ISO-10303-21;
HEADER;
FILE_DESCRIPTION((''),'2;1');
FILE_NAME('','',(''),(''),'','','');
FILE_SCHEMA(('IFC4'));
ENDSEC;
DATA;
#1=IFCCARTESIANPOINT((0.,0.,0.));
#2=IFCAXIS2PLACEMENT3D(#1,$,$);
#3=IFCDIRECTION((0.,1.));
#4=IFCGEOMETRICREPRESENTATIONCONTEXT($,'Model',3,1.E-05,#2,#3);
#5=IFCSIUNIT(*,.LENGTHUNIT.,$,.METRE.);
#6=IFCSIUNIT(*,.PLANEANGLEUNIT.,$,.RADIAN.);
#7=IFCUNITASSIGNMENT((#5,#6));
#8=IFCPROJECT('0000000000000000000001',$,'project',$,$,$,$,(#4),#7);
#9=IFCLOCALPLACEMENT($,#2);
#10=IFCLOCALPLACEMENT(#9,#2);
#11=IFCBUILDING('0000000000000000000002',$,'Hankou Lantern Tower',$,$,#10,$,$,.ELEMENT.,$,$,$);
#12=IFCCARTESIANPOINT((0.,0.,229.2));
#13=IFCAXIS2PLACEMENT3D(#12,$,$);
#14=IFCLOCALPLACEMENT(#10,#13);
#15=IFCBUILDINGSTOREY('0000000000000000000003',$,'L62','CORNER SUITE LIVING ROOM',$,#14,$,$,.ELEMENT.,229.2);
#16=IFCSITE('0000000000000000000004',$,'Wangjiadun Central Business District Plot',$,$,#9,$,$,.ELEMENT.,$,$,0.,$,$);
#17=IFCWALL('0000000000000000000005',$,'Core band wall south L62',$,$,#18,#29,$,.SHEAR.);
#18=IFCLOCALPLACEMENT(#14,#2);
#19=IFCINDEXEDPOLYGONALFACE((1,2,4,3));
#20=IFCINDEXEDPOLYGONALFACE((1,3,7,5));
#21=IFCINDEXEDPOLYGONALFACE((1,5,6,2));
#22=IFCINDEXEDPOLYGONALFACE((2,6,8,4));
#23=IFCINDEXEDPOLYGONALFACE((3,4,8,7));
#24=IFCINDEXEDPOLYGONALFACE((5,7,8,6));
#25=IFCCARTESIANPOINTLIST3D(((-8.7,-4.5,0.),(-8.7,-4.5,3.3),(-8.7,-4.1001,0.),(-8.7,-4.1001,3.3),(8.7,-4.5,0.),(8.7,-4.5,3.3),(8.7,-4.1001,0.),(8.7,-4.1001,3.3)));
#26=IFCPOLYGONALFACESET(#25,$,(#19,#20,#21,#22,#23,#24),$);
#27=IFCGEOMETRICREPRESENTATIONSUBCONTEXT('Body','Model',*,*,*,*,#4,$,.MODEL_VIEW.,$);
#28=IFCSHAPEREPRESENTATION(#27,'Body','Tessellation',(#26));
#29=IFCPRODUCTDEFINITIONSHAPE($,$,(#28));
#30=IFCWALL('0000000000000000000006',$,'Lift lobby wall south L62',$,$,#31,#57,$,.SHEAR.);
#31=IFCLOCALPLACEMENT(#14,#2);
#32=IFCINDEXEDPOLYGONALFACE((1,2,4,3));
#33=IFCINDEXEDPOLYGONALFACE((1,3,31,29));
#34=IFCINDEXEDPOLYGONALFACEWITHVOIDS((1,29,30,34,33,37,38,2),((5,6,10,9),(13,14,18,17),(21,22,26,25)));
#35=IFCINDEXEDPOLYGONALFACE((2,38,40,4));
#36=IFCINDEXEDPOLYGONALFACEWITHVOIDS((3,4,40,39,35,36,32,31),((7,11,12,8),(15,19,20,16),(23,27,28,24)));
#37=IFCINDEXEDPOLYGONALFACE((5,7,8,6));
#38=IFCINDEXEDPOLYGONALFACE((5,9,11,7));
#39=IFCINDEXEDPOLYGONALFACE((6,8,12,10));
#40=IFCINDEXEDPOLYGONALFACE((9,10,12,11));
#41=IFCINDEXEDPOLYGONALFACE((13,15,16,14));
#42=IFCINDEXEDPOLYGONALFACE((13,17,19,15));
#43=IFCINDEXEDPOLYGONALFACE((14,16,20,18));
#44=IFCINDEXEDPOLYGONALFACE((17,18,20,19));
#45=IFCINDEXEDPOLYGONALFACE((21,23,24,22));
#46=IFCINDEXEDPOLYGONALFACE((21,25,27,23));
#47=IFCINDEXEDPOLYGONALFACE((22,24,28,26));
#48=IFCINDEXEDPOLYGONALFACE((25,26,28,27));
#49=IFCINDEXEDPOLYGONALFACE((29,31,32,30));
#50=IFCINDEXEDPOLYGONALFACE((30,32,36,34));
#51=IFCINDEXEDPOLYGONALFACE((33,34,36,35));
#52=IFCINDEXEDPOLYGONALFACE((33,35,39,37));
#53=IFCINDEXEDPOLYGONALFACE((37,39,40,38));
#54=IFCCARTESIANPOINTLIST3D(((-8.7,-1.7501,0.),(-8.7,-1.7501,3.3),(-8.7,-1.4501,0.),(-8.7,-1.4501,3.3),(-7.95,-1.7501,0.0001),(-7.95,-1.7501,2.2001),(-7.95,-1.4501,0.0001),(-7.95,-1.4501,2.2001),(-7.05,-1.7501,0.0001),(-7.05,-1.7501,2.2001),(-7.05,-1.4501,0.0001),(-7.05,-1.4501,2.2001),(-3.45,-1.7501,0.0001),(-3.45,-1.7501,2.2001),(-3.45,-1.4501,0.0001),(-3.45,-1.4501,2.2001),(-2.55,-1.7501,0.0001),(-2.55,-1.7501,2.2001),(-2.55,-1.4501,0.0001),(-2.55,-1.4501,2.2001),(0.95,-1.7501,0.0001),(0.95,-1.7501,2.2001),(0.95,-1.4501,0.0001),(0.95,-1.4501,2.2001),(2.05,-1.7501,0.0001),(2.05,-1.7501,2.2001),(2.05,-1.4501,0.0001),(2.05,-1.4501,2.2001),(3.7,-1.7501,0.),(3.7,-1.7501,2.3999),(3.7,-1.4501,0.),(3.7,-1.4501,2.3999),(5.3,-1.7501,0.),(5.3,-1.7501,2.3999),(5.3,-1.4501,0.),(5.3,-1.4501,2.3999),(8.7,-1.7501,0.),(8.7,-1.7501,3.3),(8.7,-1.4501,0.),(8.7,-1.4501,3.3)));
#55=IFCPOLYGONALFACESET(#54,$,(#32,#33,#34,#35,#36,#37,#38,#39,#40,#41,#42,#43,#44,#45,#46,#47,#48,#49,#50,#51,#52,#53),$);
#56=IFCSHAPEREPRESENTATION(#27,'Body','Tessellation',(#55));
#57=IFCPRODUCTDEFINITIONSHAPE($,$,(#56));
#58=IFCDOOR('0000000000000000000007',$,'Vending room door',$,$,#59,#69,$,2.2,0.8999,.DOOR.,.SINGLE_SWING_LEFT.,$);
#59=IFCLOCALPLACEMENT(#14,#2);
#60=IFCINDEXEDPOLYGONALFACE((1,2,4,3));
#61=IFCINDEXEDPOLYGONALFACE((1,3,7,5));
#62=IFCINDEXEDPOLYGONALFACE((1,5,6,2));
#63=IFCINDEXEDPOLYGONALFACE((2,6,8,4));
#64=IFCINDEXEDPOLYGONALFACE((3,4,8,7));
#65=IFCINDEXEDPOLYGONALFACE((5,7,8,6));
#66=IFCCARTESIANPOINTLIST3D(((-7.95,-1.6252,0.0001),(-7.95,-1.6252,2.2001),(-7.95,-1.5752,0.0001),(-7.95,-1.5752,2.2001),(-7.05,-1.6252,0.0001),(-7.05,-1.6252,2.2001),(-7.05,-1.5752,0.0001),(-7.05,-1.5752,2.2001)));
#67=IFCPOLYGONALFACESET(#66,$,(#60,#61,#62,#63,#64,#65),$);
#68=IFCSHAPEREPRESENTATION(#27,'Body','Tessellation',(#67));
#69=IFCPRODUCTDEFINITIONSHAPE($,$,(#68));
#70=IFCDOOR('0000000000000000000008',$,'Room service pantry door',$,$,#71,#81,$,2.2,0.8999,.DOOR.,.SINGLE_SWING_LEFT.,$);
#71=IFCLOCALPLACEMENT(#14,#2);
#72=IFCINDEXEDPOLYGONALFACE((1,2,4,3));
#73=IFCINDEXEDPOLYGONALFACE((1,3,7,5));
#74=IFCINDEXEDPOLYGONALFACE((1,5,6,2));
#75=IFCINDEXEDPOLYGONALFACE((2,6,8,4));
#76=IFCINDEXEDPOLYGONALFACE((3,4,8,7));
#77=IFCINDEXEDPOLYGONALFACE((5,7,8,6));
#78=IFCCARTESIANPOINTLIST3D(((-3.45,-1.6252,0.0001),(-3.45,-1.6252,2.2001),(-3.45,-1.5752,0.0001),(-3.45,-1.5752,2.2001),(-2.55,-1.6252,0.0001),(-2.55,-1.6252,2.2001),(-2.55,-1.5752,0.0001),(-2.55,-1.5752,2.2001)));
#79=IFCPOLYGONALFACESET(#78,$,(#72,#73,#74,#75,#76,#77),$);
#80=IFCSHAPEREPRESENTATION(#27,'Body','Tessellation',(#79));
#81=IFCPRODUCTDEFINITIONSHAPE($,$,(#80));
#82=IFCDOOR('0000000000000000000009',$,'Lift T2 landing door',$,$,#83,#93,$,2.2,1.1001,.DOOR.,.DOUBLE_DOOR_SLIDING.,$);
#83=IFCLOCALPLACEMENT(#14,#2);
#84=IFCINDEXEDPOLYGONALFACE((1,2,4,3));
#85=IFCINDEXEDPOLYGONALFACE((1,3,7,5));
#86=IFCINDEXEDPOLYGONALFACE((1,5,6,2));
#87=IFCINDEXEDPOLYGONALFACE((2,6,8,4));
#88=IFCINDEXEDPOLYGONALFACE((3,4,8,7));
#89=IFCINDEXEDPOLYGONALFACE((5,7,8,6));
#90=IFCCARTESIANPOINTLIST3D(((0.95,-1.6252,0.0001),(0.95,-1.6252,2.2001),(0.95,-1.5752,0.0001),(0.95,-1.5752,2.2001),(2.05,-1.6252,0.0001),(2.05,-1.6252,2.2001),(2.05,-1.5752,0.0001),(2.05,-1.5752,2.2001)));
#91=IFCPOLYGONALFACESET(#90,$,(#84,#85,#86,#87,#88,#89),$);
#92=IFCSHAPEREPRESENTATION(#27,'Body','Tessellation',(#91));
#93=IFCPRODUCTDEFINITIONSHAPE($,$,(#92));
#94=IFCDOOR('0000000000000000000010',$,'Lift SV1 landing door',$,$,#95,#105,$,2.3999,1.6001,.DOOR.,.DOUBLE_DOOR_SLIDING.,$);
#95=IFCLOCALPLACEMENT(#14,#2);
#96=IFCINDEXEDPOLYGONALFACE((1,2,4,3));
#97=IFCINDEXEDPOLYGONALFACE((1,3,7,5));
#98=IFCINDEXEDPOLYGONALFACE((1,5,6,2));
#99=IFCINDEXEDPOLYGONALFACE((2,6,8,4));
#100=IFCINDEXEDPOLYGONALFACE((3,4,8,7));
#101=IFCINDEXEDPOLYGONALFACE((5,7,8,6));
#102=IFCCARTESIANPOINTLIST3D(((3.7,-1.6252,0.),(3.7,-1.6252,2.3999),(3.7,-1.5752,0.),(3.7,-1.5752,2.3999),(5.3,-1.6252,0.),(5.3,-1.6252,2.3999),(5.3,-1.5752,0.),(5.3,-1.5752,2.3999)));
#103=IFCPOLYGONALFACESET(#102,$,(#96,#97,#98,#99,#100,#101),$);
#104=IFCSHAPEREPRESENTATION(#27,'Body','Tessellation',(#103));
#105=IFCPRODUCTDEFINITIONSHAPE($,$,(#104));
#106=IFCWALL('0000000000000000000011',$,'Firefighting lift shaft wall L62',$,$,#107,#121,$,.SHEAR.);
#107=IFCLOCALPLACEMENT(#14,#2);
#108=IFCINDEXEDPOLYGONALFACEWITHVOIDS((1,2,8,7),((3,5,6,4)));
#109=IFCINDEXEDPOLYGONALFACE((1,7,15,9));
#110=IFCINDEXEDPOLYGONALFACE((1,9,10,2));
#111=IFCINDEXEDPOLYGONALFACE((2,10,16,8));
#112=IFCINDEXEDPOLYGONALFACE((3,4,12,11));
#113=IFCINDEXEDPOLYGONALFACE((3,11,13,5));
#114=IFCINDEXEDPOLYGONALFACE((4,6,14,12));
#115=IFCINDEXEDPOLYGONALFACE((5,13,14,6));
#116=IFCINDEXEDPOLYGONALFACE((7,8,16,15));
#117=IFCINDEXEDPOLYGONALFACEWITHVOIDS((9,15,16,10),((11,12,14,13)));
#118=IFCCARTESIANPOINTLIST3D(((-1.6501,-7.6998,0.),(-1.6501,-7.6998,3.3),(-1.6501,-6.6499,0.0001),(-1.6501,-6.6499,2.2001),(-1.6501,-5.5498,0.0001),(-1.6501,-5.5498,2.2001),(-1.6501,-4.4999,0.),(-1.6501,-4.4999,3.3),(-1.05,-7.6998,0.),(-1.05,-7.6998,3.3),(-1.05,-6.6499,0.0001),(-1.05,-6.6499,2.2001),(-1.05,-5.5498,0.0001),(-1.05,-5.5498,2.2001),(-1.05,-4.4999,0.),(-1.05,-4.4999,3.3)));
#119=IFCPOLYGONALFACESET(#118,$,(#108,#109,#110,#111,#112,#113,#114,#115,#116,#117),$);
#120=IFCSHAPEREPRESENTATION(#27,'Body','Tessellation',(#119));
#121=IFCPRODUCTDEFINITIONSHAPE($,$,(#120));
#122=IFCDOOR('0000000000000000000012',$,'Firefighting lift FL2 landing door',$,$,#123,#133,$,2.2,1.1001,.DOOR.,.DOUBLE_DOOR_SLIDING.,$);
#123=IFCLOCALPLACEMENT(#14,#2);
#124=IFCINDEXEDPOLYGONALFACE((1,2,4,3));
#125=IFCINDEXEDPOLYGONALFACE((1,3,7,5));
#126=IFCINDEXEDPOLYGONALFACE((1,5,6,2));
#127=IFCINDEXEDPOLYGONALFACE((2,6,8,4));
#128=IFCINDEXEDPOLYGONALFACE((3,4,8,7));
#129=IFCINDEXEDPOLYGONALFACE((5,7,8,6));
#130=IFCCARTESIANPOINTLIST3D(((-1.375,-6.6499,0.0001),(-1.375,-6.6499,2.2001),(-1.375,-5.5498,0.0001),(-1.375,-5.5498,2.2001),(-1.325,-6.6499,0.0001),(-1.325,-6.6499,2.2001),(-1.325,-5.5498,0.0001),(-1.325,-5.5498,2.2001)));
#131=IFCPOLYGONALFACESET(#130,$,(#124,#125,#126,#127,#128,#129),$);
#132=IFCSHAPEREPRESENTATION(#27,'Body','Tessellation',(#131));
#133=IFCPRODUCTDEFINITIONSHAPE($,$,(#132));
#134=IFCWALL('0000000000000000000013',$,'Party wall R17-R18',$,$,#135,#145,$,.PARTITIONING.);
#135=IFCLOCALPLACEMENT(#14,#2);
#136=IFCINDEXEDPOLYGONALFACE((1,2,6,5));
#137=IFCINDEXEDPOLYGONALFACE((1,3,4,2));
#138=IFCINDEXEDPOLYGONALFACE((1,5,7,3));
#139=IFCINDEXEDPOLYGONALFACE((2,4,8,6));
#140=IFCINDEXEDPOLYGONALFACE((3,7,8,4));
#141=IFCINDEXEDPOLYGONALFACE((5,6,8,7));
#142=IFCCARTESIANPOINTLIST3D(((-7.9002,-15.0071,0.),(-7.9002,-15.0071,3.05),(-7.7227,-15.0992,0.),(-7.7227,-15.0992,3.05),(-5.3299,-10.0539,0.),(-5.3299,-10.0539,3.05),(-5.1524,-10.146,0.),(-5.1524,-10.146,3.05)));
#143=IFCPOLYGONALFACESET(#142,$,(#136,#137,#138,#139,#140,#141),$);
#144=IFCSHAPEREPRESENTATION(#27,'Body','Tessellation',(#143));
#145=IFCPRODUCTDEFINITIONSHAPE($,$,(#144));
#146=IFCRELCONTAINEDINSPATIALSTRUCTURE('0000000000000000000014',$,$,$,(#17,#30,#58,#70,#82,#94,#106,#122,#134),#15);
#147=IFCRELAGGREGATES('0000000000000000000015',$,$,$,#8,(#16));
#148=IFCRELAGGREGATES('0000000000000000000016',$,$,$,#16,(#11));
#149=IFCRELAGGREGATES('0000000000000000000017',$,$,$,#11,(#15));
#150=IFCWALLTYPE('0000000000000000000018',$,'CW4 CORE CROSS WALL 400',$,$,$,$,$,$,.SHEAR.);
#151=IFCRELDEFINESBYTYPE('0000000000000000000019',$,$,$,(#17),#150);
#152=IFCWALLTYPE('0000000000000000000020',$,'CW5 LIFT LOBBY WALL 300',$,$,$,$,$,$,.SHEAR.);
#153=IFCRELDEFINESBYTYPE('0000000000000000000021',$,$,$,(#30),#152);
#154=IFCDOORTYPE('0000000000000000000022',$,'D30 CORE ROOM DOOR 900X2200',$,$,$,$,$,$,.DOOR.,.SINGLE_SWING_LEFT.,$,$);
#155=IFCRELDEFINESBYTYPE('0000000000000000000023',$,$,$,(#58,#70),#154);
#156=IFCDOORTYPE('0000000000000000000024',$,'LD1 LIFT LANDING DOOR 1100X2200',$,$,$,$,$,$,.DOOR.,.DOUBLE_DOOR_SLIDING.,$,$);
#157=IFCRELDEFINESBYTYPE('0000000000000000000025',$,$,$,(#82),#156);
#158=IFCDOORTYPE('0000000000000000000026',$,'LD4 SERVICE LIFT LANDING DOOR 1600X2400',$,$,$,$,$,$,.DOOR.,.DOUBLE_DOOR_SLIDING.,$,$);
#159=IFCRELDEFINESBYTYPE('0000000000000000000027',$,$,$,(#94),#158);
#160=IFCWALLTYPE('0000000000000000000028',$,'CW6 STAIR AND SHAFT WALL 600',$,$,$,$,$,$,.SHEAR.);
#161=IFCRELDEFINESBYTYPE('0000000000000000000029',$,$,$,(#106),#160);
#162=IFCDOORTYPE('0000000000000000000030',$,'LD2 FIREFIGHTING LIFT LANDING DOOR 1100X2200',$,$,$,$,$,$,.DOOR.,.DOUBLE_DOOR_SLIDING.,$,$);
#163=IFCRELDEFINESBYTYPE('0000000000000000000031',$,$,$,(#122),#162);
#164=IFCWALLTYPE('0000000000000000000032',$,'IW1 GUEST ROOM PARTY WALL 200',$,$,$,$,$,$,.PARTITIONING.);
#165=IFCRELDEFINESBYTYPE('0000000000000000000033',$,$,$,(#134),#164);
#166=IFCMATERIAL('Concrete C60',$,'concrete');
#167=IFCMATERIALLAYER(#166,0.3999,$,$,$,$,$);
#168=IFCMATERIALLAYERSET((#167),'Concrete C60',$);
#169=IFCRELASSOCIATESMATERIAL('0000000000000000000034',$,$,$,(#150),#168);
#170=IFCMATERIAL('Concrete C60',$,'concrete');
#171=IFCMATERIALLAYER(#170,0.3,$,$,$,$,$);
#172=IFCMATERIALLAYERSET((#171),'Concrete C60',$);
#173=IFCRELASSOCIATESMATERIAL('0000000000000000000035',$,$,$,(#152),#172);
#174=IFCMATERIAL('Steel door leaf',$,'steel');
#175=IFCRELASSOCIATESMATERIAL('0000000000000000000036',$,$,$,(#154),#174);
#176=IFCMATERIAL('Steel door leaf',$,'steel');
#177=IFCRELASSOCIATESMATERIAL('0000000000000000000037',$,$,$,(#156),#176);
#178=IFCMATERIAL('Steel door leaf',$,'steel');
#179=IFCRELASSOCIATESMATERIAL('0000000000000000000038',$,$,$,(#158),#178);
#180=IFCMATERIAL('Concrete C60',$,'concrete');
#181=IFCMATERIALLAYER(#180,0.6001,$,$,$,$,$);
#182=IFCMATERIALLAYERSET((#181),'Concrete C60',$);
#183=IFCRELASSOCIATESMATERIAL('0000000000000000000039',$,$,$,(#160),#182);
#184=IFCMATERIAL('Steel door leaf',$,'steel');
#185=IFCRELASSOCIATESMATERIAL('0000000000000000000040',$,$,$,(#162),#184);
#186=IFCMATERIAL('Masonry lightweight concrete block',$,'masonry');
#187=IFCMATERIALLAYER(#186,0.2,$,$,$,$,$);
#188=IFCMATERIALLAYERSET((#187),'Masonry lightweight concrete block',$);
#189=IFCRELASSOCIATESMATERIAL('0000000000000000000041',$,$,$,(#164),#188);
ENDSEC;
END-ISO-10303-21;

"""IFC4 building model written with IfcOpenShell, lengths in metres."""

from ifc_helpers import new_model, si_unit, direction, frame, frame_2d, origin, place, context, subcontext, project, spatial, rectangle, extrude, material, layer, layer_set, type_object, element, fill, save


model = new_model("IFC4")

# Units and contexts
model_context = context("Model", 3, precision=1e-05, world=origin(), true_north=direction((0.0, 1.0)))
body_context = subcontext(model_context, "Body", "Model", "MODEL_VIEW")
ifc_project = project(units=[si_unit("LENGTHUNIT", "METRE"), si_unit("PLANEANGLEUNIT", "RADIAN")], contexts=[model_context])

# Site, building, storey
site_placement = place(None, origin())
site = spatial("IfcSite", under=ifc_project, at=site_placement, Name="Wangjiadun Central Business District Plot", CompositionType="ELEMENT", RefElevation=0.0)
building_placement = place(site_placement, origin())
building = spatial("IfcBuilding", under=site, at=building_placement, Name="Hankou Lantern Tower", CompositionType="ELEMENT")
storey_placement = place(building_placement, frame((0.0, 0.0, 229.2)))
storey = spatial("IfcBuildingStorey", under=building, at=storey_placement, Name="L62", Description="CORNER SUITE LIVING ROOM", CompositionType="ELEMENT", Elevation=229.2)

# Wall
ifc_material_1 = material(Name="Concrete C60", Category="concrete")
ifc_layer_1 = layer(ifc_material_1, 0.3999)
ifc_layer_set_1 = layer_set([ifc_layer_1], Name="Concrete C60")
wall_type_1 = type_object("IfcWallType", Name="CW4 CORE CROSS WALL 400", PredefinedType="SHEAR", material=ifc_layer_set_1)
wall_1_placement = place(storey_placement, frame((-8.7, -4.3, 0.0), z_axis=(0.0, 0.0, 1.0), x_axis=(1.0, 0.0, 0.0)))
element("IfcWall", 1, at=wall_1_placement, inside=storey, type_object=wall_type_1, Name="Core band wall south L62", PredefinedType="SHEAR", context=body_context, shape_type="SweptSolid", body=[
    extrude(rectangle(XDim=17.3999, YDim=0.3999, at=frame_2d((8.7, 0.0))), origin(), (0.0, 0.0, 1.0), 3.3),
])

# Wall, openings, doors
ifc_material_2 = material(Name="Concrete C60", Category="concrete")
ifc_layer_2 = layer(ifc_material_2, 0.3)
ifc_layer_set_2 = layer_set([ifc_layer_2], Name="Concrete C60")
wall_type_2 = type_object("IfcWallType", Name="CW5 LIFT LOBBY WALL 300", PredefinedType="SHEAR", material=ifc_layer_set_2)
wall_2_placement = place(storey_placement, frame((-8.7, -1.6001, 0.0), z_axis=(0.0, 0.0, 1.0), x_axis=(1.0, 0.0, 0.0)))
wall_2 = element("IfcWall", 2, at=wall_2_placement, inside=storey, type_object=wall_type_2, Name="Lift lobby wall south L62", PredefinedType="SHEAR", context=body_context, shape_type="SweptSolid", body=[
    extrude(rectangle(XDim=17.3999, YDim=0.3, at=frame_2d((8.7, 0.0))), origin(), (0.0, 0.0, 1.0), 3.3),
])
opening_1_placement = place(wall_2_placement, frame((9.6499, 0.0, 0.0)))
opening_1 = element("IfcOpeningElement", 3, at=opening_1_placement, cuts=wall_2, PredefinedType="OPENING", context=body_context, shape_type="SweptSolid", body=[
    extrude(rectangle(XDim=1.1001, YDim=2.2, at=frame_2d((0.55, 1.1001))), frame((0.0, 0.1599, 0.0), z_axis=(0.0, -1.0, 0.0), x_axis=(1.0, 0.0, 0.0)), (0.0, 0.0, 1.0), 0.3201),
])
opening_2_placement = place(wall_2_placement, frame((12.3999, 0.0, 0.0)))
opening_2 = element("IfcOpeningElement", 4, at=opening_2_placement, cuts=wall_2, PredefinedType="OPENING", context=body_context, shape_type="SweptSolid", body=[
    extrude(rectangle(XDim=1.6001, YDim=2.3999, at=frame_2d((0.8, 1.2))), frame((0.0, 0.1599, 0.0), z_axis=(0.0, -1.0, 0.0), x_axis=(1.0, 0.0, 0.0)), (0.0, 0.0, 1.0), 0.3201),
])
opening_3_placement = place(wall_2_placement, frame((0.75, 0.0, 0.0)))
opening_3 = element("IfcOpeningElement", 5, at=opening_3_placement, cuts=wall_2, PredefinedType="OPENING", context=body_context, shape_type="SweptSolid", body=[
    extrude(rectangle(XDim=0.8999, YDim=2.2, at=frame_2d((0.45, 1.1001))), frame((0.0, 0.1599, 0.0), z_axis=(0.0, -1.0, 0.0), x_axis=(1.0, 0.0, 0.0)), (0.0, 0.0, 1.0), 0.3201),
])
opening_4_placement = place(wall_2_placement, frame((5.25, 0.0, 0.0)))
opening_4 = element("IfcOpeningElement", 6, at=opening_4_placement, cuts=wall_2, PredefinedType="OPENING", context=body_context, shape_type="SweptSolid", body=[
    extrude(rectangle(XDim=0.8999, YDim=2.2, at=frame_2d((0.45, 1.1001))), frame((0.0, 0.1599, 0.0), z_axis=(0.0, -1.0, 0.0), x_axis=(1.0, 0.0, 0.0)), (0.0, 0.0, 1.0), 0.3201),
])
ifc_material_3 = material(Name="Steel door leaf", Category="steel")
door_type_1 = type_object("IfcDoorType", Name="D30 CORE ROOM DOOR 900X2200", OperationType="SINGLE_SWING_LEFT", PredefinedType="DOOR", material=ifc_material_3)
door_1_placement = place(opening_3_placement, origin())
door_1 = element("IfcDoor", 7, at=door_1_placement, inside=storey, type_object=door_type_1, Name="Vending room door", OperationType="SINGLE_SWING_LEFT", OverallHeight=2.2, OverallWidth=0.8999, PredefinedType="DOOR", context=body_context, shape_type="SweptSolid", body=[
    extrude(rectangle(XDim=0.8999, YDim=2.2, at=frame_2d((0.45, 1.1001))), frame((0.0, 0.0249, 0.0), z_axis=(0.0, -1.0, 0.0), x_axis=(1.0, 0.0, 0.0)), (0.0, 0.0, 1.0), 0.05),
])
fill(opening_3, door_1)
door_2_placement = place(opening_4_placement, origin())
door_2 = element("IfcDoor", 8, at=door_2_placement, inside=storey, type_object=door_type_1, Name="Room service pantry door", OperationType="SINGLE_SWING_LEFT", OverallHeight=2.2, OverallWidth=0.8999, PredefinedType="DOOR", context=body_context, shape_type="SweptSolid", body=[
    extrude(rectangle(XDim=0.8999, YDim=2.2, at=frame_2d((0.45, 1.1001))), frame((0.0, 0.0249, 0.0), z_axis=(0.0, -1.0, 0.0), x_axis=(1.0, 0.0, 0.0)), (0.0, 0.0, 1.0), 0.05),
])
fill(opening_4, door_2)
ifc_material_4 = material(Name="Steel door leaf", Category="steel")
door_type_2 = type_object("IfcDoorType", Name="LD1 LIFT LANDING DOOR 1100X2200", OperationType="DOUBLE_DOOR_SLIDING", PredefinedType="DOOR", material=ifc_material_4)
door_3_placement = place(opening_1_placement, origin())
door_3 = element("IfcDoor", 9, at=door_3_placement, inside=storey, type_object=door_type_2, Name="Lift T2 landing door", OperationType="DOUBLE_DOOR_SLIDING", OverallHeight=2.2, OverallWidth=1.1001, PredefinedType="DOOR", context=body_context, shape_type="SweptSolid", body=[
    extrude(rectangle(XDim=1.1001, YDim=2.2, at=frame_2d((0.55, 1.1001))), frame((0.0, 0.0249, 0.0), z_axis=(0.0, -1.0, 0.0), x_axis=(1.0, 0.0, 0.0)), (0.0, 0.0, 1.0), 0.05),
])
fill(opening_1, door_3)
ifc_material_5 = material(Name="Steel door leaf", Category="steel")
door_type_3 = type_object("IfcDoorType", Name="LD4 SERVICE LIFT LANDING DOOR 1600X2400", OperationType="DOUBLE_DOOR_SLIDING", PredefinedType="DOOR", material=ifc_material_5)
door_4_placement = place(opening_2_placement, origin())
door_4 = element("IfcDoor", 10, at=door_4_placement, inside=storey, type_object=door_type_3, Name="Lift SV1 landing door", OperationType="DOUBLE_DOOR_SLIDING", OverallHeight=2.3999, OverallWidth=1.6001, PredefinedType="DOOR", context=body_context, shape_type="SweptSolid", body=[
    extrude(rectangle(XDim=1.6001, YDim=2.3999, at=frame_2d((0.8, 1.2))), frame((0.0, 0.0249, 0.0), z_axis=(0.0, -1.0, 0.0), x_axis=(1.0, 0.0, 0.0)), (0.0, 0.0, 1.0), 0.05),
])
fill(opening_2, door_4)

# Wall, opening, door
ifc_material_6 = material(Name="Concrete C60", Category="concrete")
ifc_layer_3 = layer(ifc_material_6, 0.6001)
ifc_layer_set_3 = layer_set([ifc_layer_3], Name="Concrete C60")
wall_type_3 = type_object("IfcWallType", Name="CW6 STAIR AND SHAFT WALL 600", PredefinedType="SHEAR", material=ifc_layer_set_3)
wall_3_placement = place(storey_placement, frame((-1.3501, -7.7, 0.0), z_axis=(0.0, 0.0, 1.0), x_axis=(0.0, 1.0, 0.0)))
wall_3 = element("IfcWall", 11, at=wall_3_placement, inside=storey, type_object=wall_type_3, Name="Firefighting lift shaft wall L62", PredefinedType="SHEAR", context=body_context, shape_type="SweptSolid", body=[
    extrude(rectangle(XDim=3.2, YDim=0.6001, at=frame_2d((1.6001, 0.0))), origin(), (0.0, 0.0, 1.0), 3.3),
])
opening_5_placement = place(wall_3_placement, frame((1.05, 0.0, 0.0)))
opening_5 = element("IfcOpeningElement", 12, at=opening_5_placement, cuts=wall_3, PredefinedType="OPENING", context=body_context, shape_type="SweptSolid", body=[
    extrude(rectangle(XDim=1.1001, YDim=2.2, at=frame_2d((0.55, 1.1001))), frame((0.0, 0.3101, 0.0), z_axis=(0.0, -1.0, 0.0), x_axis=(1.0, 0.0, 0.0)), (0.0, 0.0, 1.0), 0.6201),
])
ifc_material_7 = material(Name="Steel door leaf", Category="steel")
door_type_4 = type_object("IfcDoorType", Name="LD2 FIREFIGHTING LIFT LANDING DOOR 1100X2200", OperationType="DOUBLE_DOOR_SLIDING", PredefinedType="DOOR", material=ifc_material_7)
door_5_placement = place(opening_5_placement, origin())
door_5 = element("IfcDoor", 13, at=door_5_placement, inside=storey, type_object=door_type_4, Name="Firefighting lift FL2 landing door", OperationType="DOUBLE_DOOR_SLIDING", OverallHeight=2.2, OverallWidth=1.1001, PredefinedType="DOOR", context=body_context, shape_type="SweptSolid", body=[
    extrude(rectangle(XDim=1.1001, YDim=2.2, at=frame_2d((0.55, 1.1001))), frame((0.0, 0.0249, 0.0), z_axis=(0.0, -1.0, 0.0), x_axis=(1.0, 0.0, 0.0)), (0.0, 0.0, 1.0), 0.05),
])
fill(opening_5, door_5)

# Wall
ifc_material_8 = material(Name="Masonry lightweight concrete block", Category="masonry")
ifc_layer_4 = layer(ifc_material_8, 0.2)
ifc_layer_set_4 = layer_set([ifc_layer_4], Name="Masonry lightweight concrete block")
wall_type_4 = type_object("IfcWallType", Name="IW1 GUEST ROOM PARTY WALL 200", PredefinedType="PARTITIONING", material=ifc_layer_set_4)
wall_4_placement = place(storey_placement, frame((-5.2412, -10.1001, 0.0), z_axis=(0.0, 0.0, 1.0), x_axis=(-0.460603, -0.887606, 0.0)))
element("IfcWall", 14, at=wall_4_placement, inside=storey, type_object=wall_type_4, Name="Party wall R17-R18", PredefinedType="PARTITIONING", context=body_context, shape_type="SweptSolid", body=[
    extrude(rectangle(XDim=5.5803, YDim=0.2, at=frame_2d((2.79, 0.0))), origin(), (0.0, 0.0, 1.0), 3.05),
])

save(model, "model.ifc")
